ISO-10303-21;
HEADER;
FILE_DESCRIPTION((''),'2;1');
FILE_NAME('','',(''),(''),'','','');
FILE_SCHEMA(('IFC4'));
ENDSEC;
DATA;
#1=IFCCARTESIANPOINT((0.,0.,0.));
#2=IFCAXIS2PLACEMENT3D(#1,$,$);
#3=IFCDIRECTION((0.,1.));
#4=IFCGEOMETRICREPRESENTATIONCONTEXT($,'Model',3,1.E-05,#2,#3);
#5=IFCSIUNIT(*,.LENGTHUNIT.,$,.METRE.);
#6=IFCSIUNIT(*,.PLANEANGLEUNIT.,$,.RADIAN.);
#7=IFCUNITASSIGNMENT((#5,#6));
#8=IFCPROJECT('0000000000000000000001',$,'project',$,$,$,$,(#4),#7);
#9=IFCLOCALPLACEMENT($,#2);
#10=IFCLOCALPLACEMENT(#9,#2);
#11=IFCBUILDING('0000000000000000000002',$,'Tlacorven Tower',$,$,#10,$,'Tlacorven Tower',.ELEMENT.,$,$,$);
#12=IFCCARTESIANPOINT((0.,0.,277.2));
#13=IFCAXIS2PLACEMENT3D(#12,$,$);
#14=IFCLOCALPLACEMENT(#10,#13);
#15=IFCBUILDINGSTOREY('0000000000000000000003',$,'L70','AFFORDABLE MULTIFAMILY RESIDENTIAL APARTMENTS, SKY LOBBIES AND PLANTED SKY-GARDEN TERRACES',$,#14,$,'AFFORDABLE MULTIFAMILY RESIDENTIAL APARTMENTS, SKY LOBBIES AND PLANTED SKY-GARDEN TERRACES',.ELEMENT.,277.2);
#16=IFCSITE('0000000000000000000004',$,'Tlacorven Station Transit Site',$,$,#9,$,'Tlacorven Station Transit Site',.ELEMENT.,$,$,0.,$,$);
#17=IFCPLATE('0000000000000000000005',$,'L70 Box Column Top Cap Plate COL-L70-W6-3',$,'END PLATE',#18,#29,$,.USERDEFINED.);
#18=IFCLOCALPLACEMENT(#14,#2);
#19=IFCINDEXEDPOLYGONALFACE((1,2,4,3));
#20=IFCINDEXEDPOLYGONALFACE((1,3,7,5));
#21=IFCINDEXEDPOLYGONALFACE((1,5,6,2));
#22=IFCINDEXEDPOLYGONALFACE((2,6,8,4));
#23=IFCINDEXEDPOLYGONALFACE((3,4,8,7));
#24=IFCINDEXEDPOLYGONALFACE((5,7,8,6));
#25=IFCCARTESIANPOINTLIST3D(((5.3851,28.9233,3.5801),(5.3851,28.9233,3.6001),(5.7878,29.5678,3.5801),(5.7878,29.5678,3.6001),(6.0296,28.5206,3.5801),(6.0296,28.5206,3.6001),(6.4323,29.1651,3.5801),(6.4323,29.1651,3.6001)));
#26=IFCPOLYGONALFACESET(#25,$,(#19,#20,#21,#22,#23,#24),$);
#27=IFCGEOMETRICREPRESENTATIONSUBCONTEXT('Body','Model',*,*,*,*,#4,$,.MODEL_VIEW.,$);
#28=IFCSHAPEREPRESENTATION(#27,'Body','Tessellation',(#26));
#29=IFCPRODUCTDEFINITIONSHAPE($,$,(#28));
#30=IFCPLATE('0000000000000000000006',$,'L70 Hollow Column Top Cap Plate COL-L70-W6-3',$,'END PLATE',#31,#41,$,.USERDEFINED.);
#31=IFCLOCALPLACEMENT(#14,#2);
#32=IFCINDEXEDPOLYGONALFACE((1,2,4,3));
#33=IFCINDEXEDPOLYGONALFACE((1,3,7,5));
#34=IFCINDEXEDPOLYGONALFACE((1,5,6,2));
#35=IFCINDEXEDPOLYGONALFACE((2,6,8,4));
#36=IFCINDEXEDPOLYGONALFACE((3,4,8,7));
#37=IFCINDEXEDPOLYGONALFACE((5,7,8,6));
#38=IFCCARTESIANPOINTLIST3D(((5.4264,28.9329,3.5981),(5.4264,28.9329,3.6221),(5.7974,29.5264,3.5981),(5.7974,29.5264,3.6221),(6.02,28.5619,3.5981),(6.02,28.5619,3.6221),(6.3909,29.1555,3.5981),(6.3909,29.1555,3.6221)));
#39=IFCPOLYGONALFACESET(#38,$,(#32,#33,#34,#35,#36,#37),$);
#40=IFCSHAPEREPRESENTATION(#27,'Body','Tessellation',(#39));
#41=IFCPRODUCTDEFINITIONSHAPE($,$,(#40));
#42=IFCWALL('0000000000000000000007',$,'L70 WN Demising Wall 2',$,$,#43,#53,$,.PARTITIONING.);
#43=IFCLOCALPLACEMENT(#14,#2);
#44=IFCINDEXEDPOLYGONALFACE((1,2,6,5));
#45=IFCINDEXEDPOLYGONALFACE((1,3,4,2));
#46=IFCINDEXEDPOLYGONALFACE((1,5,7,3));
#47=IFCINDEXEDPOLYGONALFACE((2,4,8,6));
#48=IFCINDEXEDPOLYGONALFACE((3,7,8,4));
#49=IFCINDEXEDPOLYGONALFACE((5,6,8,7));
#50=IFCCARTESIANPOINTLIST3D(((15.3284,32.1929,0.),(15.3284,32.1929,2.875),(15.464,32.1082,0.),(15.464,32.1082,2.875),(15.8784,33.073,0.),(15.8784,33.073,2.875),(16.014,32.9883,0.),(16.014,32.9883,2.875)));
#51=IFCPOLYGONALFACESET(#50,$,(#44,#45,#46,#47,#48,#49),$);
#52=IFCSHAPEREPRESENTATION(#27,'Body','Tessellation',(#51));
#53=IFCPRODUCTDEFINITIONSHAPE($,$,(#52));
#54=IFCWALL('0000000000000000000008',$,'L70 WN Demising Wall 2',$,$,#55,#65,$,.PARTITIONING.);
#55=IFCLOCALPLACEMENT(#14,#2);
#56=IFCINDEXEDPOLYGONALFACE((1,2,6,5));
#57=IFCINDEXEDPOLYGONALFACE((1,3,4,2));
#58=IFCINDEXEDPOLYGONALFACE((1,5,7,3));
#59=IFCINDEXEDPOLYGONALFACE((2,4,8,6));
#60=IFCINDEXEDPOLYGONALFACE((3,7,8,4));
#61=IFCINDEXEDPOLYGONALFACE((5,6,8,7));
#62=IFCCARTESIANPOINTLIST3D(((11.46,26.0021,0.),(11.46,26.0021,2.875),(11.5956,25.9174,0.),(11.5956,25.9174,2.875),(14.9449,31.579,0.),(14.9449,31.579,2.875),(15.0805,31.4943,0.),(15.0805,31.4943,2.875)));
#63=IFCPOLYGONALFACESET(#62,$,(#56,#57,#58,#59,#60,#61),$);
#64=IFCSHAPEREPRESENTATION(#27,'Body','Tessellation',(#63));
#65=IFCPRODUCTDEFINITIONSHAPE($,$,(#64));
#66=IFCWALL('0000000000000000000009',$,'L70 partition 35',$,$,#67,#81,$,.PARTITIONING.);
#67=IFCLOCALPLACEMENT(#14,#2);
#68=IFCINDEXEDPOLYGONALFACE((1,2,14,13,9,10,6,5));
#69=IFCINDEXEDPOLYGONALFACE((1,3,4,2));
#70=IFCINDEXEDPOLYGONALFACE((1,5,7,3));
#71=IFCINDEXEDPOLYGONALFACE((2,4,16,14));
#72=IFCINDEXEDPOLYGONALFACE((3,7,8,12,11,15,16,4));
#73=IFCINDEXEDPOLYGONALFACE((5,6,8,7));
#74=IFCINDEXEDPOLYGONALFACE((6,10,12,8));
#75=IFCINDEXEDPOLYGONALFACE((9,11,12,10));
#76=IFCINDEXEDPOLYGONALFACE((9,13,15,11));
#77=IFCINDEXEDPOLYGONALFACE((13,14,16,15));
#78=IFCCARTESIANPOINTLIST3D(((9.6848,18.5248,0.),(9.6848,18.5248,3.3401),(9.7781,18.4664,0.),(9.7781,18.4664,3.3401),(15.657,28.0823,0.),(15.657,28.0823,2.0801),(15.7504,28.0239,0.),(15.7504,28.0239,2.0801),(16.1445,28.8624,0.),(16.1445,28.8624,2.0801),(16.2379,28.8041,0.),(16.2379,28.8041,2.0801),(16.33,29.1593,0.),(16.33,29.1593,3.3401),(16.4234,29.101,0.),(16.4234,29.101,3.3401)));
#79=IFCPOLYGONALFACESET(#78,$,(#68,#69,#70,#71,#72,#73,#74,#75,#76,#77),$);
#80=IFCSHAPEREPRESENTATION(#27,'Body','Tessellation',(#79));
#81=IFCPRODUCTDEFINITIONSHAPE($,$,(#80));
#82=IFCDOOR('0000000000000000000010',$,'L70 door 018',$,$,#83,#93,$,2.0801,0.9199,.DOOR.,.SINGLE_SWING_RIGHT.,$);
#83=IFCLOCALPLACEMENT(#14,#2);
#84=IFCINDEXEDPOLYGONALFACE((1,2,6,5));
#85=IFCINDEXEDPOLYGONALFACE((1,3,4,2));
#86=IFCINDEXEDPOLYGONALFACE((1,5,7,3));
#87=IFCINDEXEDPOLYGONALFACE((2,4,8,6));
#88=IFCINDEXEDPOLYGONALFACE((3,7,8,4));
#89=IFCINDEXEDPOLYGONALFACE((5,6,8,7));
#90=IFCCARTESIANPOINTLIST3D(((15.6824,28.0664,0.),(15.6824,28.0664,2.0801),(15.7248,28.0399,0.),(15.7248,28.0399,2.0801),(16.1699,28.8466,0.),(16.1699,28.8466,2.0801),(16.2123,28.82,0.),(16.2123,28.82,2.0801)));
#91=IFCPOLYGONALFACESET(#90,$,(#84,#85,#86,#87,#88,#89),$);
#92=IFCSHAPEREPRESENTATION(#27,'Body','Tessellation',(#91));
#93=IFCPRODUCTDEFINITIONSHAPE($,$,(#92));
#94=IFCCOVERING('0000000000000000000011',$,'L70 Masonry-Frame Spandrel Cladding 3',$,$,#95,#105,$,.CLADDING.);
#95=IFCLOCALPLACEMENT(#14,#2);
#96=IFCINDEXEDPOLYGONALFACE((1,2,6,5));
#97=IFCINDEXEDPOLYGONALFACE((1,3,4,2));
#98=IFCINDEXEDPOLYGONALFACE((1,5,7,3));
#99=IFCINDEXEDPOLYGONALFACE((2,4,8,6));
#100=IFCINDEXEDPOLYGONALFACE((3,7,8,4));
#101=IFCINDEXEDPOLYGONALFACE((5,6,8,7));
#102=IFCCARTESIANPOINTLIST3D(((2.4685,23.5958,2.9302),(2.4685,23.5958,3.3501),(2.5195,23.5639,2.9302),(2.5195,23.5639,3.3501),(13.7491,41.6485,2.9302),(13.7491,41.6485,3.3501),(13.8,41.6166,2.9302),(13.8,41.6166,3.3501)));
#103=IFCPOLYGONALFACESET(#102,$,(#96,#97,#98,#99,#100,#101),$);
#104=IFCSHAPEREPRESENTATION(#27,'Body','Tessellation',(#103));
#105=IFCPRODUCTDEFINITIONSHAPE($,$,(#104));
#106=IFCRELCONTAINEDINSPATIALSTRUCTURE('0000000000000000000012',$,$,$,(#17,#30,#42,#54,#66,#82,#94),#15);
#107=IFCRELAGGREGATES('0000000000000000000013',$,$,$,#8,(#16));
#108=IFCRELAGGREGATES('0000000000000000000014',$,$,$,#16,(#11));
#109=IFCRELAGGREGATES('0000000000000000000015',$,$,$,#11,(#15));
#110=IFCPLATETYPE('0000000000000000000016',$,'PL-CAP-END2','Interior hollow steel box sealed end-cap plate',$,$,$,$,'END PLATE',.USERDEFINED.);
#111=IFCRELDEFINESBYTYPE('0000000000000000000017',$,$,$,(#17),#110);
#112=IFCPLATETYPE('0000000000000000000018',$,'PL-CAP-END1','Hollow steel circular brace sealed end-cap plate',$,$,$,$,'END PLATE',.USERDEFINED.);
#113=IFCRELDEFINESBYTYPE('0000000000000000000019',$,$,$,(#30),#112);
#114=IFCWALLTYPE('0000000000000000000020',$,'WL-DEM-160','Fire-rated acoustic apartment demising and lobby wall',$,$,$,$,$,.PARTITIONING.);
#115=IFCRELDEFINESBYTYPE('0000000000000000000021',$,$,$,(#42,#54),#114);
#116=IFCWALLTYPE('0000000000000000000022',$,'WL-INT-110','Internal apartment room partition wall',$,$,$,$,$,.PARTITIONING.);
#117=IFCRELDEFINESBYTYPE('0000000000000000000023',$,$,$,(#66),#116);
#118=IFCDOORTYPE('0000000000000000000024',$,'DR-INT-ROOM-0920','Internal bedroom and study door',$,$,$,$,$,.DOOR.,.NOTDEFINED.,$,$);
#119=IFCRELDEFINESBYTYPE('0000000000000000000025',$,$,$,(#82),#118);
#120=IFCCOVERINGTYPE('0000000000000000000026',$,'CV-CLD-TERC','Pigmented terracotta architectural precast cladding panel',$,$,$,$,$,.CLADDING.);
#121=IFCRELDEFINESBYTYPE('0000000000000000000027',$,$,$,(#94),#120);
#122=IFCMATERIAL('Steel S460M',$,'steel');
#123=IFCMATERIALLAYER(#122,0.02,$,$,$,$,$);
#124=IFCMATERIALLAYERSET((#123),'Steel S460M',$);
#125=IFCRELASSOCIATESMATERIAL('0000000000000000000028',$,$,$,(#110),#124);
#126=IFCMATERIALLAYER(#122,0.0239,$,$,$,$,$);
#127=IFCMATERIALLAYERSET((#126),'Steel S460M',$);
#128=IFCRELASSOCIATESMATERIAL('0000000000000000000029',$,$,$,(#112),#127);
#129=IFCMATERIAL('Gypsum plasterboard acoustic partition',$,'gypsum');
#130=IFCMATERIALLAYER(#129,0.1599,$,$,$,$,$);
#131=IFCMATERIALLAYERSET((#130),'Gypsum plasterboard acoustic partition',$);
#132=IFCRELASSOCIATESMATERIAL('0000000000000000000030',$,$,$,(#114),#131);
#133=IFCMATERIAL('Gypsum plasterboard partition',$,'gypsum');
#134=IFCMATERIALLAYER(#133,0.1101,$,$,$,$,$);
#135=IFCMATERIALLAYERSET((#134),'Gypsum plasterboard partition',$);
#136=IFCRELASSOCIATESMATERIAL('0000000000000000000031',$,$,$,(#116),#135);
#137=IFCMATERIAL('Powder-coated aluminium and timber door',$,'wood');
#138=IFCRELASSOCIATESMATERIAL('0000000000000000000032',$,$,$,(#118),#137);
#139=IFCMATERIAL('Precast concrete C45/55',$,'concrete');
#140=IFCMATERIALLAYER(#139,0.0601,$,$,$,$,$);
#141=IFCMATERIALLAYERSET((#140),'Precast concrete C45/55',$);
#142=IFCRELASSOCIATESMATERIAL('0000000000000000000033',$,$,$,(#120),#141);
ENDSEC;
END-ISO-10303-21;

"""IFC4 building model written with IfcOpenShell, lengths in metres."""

from ifc_helpers import new_model, si_unit, direction, frame, frame_2d, origin, origin_2d, place, context, subcontext, project, spatial, rectangle, extrude, source, transform, mapped, material, layer, layer_set, type_object, element, fill, save


model = new_model("IFC4")

# Units and contexts
model_context = context("Model", 3, precision=1e-05, world=origin(), true_north=direction((0.0, 1.0)))
body_context = subcontext(model_context, "Body", "Model", "MODEL_VIEW")
ifc_project = project(units=[si_unit("LENGTHUNIT", "METRE"), si_unit("PLANEANGLEUNIT", "RADIAN")], contexts=[model_context])

# Site, building, storey
site_placement = place(None, origin())
site = spatial("IfcSite", under=ifc_project, at=site_placement, Name="Tlacorven Station Transit Site", LongName="Tlacorven Station Transit Site", CompositionType="ELEMENT", RefElevation=0.0)
building_placement = place(site_placement, origin())
building = spatial("IfcBuilding", under=site, at=building_placement, Name="Tlacorven Tower", LongName="Tlacorven Tower", CompositionType="ELEMENT")
storey_placement = place(building_placement, frame((0.0, 0.0, 277.2)))
storey = spatial("IfcBuildingStorey", under=building, at=storey_placement, Name="L70", Description="AFFORDABLE MULTIFAMILY RESIDENTIAL APARTMENTS, SKY LOBBIES AND PLANTED SKY-GARDEN TERRACES", LongName="AFFORDABLE MULTIFAMILY RESIDENTIAL APARTMENTS, SKY LOBBIES AND PLANTED SKY-GARDEN TERRACES", CompositionType="ELEMENT", Elevation=277.2)

# Shared definitions
ifc_material_1 = material(Name="Steel S460M", Category="steel")

# Plates
ifc_layer_1 = layer(ifc_material_1, 0.02)
ifc_layer_set_1 = layer_set([ifc_layer_1], Name="Steel S460M")
plate_type_1 = type_object("IfcPlateType", Name="PL-CAP-END2", Description="Interior hollow steel box sealed end-cap plate", ElementType="END PLATE", PredefinedType="USERDEFINED", material=ifc_layer_set_1)
shared_shape_1 = source(origin(), body_context, "Body", "SweptSolid", [
    extrude(rectangle(XDim=0.76, YDim=0.76, at=origin_2d()), origin(), (0.0, 0.0, 1.0), 0.02),
])
plate_1_placement = place(storey_placement, frame((5.9087, 29.0442, 3.5801), z_axis=(0.0, 0.0, 1.0), x_axis=(-0.848048, 0.529919, 0.0)))
element("IfcPlate", 1, at=plate_1_placement, inside=storey, type_object=plate_type_1, Name="L70 Box Column Top Cap Plate COL-L70-W6-3", ObjectType="END PLATE", PredefinedType="USERDEFINED", context=body_context, shape_type="MappedRepresentation", body=[
    mapped(shared_shape_1, transform((0.0, 0.0, 0.0), scale=1.0)),
])
ifc_layer_2 = layer(ifc_material_1, 0.0239)
ifc_layer_set_2 = layer_set([ifc_layer_2], Name="Steel S460M")
plate_type_2 = type_object("IfcPlateType", Name="PL-CAP-END1", Description="Hollow steel circular brace sealed end-cap plate", ElementType="END PLATE", PredefinedType="USERDEFINED", material=ifc_layer_set_2)
shared_shape_2 = source(origin(), body_context, "Body", "SweptSolid", [
    extrude(rectangle(XDim=0.7, YDim=0.7, at=origin_2d()), origin(), (0.0, 0.0, 1.0), 0.0239),
])
plate_2_placement = place(storey_placement, frame((5.9087, 29.0442, 3.5981), z_axis=(0.0, 0.0, 1.0), x_axis=(-0.848048, 0.529919, 0.0)))
element("IfcPlate", 2, at=plate_2_placement, inside=storey, type_object=plate_type_2, Name="L70 Hollow Column Top Cap Plate COL-L70-W6-3", ObjectType="END PLATE", PredefinedType="USERDEFINED", context=body_context, shape_type="MappedRepresentation", body=[
    mapped(shared_shape_2, transform((0.0, 0.0, 0.0), scale=1.0)),
])

# Walls
ifc_material_2 = material(Name="Gypsum plasterboard acoustic partition", Category="gypsum")
ifc_layer_3 = layer(ifc_material_2, 0.1599)
ifc_layer_set_3 = layer_set([ifc_layer_3], Name="Gypsum plasterboard acoustic partition")
wall_type_1 = type_object("IfcWallType", Name="WL-DEM-160", Description="Fire-rated acoustic apartment demising and lobby wall", PredefinedType="PARTITIONING", material=ifc_layer_set_3)
wall_1_placement = place(storey_placement, frame((15.9463, 33.0308, 0.0), z_axis=(0.0, 0.0, 1.0), x_axis=(-0.529978, -0.848012, 0.0)))
element("IfcWall", 3, at=wall_1_placement, inside=storey, type_object=wall_type_1, Name="L70 WN Demising Wall 2", PredefinedType="PARTITIONING", context=body_context, shape_type="SweptSolid", body=[
    extrude(rectangle(XDim=1.0378, YDim=0.1599, at=frame_2d((0.519, 0.0))), origin(), (0.0, 0.0, 1.0), 2.875),
])
wall_2_placement = place(storey_placement, frame((15.0127, 31.5366, 0.0), z_axis=(0.0, 0.0, 1.0), x_axis=(-0.529922, -0.848046, 0.0)))
element("IfcWall", 4, at=wall_2_placement, inside=storey, type_object=wall_type_1, Name="L70 WN Demising Wall 2", PredefinedType="PARTITIONING", context=body_context, shape_type="SweptSolid", body=[
    extrude(rectangle(XDim=6.5762, YDim=0.1599, at=frame_2d((3.2881, 0.0))), origin(), (0.0, 0.0, 1.0), 2.875),
])

# Wall, opening, door
ifc_material_3 = material(Name="Gypsum plasterboard partition", Category="gypsum")
ifc_layer_4 = layer(ifc_material_3, 0.1101)
ifc_layer_set_4 = layer_set([ifc_layer_4], Name="Gypsum plasterboard partition")
wall_type_2 = type_object("IfcWallType", Name="WL-INT-110", Description="Internal apartment room partition wall", PredefinedType="PARTITIONING", material=ifc_layer_set_4)
wall_3_placement = place(storey_placement, frame((16.3767, 29.1301, 0.0), z_axis=(0.0, 0.0, 1.0), x_axis=(-0.529924, -0.848045, 0.0)))
wall_3 = element("IfcWall", 5, at=wall_3_placement, inside=storey, type_object=wall_type_2, Name="L70 partition 35", PredefinedType="PARTITIONING", context=body_context, shape_type="SweptSolid", body=[
    extrude(rectangle(XDim=12.54, YDim=0.1101, at=frame_2d((6.27, 0.0))), origin(), (0.0, 0.0, 1.0), 3.3401),
])
opening_placement = place(wall_3_placement, frame((0.3501, 0.0, 0.0)))
opening = element("IfcOpeningElement", 6, at=opening_placement, cuts=wall_3, PredefinedType="OPENING", context=body_context, shape_type="SweptSolid", body=[
    extrude(rectangle(XDim=0.9199, YDim=2.0801, at=frame_2d((0.46, 1.04))), frame((0.0, 0.0649, 0.0), z_axis=(0.0, -1.0, 0.0), x_axis=(1.0, 0.0, 0.0)), (0.0, 0.0, 1.0), 0.1301),
])
ifc_material_4 = material(Name="Powder-coated aluminium and timber door", Category="wood")
door_type = type_object("IfcDoorType", Name="DR-INT-ROOM-0920", Description="Internal bedroom and study door", OperationType="NOTDEFINED", PredefinedType="DOOR", material=ifc_material_4)
shared_shape_3 = source(origin(), body_context, "Body", "SweptSolid", [
    extrude(rectangle(XDim=0.9199, YDim=2.0801, at=frame_2d((0.46, 1.04))), frame((0.0, 0.0249, 0.0), z_axis=(0.0, -1.0, 0.0), x_axis=(1.0, 0.0, 0.0)), (0.0, 0.0, 1.0), 0.05),
])
door_placement = place(opening_placement, origin())
door = element("IfcDoor", 7, at=door_placement, inside=storey, type_object=door_type, Name="L70 door 018", OperationType="SINGLE_SWING_RIGHT", OverallHeight=2.0801, OverallWidth=0.9199, PredefinedType="DOOR", context=body_context, shape_type="MappedRepresentation", body=[
    mapped(shared_shape_3, transform((0.0, 0.0, 0.0), scale=1.0)),
])
fill(opening, door)

# Covering
ifc_material_5 = material(Name="Precast concrete C45/55", Category="concrete")
ifc_layer_5 = layer(ifc_material_5, 0.0601)
ifc_layer_set_5 = layer_set([ifc_layer_5], Name="Precast concrete C45/55")
covering_type = type_object("IfcCoveringType", Name="CV-CLD-TERC", Description="Pigmented terracotta architectural precast cladding panel", PredefinedType="CLADDING", material=ifc_layer_set_5)
shared_shape_4 = source(origin(), body_context, "Body", "SweptSolid", [
    extrude(rectangle(XDim=21.2874, YDim=0.0601, at=origin_2d()), origin(), (0.0, 0.0, 1.0), 0.4199),
])
covering_placement = place(storey_placement, frame((8.1343, 32.6062, 2.9302), z_axis=(0.0, 0.0, 1.0), x_axis=(0.529919, 0.848048, 0.0)))
element("IfcCovering", 8, at=covering_placement, inside=storey, type_object=covering_type, Name="L70 Masonry-Frame Spandrel Cladding 3", PredefinedType="CLADDING", context=body_context, shape_type="MappedRepresentation", body=[
    mapped(shared_shape_4, transform((0.0, 0.0, 0.0), scale=1.0)),
])

save(model, "model.ifc")
